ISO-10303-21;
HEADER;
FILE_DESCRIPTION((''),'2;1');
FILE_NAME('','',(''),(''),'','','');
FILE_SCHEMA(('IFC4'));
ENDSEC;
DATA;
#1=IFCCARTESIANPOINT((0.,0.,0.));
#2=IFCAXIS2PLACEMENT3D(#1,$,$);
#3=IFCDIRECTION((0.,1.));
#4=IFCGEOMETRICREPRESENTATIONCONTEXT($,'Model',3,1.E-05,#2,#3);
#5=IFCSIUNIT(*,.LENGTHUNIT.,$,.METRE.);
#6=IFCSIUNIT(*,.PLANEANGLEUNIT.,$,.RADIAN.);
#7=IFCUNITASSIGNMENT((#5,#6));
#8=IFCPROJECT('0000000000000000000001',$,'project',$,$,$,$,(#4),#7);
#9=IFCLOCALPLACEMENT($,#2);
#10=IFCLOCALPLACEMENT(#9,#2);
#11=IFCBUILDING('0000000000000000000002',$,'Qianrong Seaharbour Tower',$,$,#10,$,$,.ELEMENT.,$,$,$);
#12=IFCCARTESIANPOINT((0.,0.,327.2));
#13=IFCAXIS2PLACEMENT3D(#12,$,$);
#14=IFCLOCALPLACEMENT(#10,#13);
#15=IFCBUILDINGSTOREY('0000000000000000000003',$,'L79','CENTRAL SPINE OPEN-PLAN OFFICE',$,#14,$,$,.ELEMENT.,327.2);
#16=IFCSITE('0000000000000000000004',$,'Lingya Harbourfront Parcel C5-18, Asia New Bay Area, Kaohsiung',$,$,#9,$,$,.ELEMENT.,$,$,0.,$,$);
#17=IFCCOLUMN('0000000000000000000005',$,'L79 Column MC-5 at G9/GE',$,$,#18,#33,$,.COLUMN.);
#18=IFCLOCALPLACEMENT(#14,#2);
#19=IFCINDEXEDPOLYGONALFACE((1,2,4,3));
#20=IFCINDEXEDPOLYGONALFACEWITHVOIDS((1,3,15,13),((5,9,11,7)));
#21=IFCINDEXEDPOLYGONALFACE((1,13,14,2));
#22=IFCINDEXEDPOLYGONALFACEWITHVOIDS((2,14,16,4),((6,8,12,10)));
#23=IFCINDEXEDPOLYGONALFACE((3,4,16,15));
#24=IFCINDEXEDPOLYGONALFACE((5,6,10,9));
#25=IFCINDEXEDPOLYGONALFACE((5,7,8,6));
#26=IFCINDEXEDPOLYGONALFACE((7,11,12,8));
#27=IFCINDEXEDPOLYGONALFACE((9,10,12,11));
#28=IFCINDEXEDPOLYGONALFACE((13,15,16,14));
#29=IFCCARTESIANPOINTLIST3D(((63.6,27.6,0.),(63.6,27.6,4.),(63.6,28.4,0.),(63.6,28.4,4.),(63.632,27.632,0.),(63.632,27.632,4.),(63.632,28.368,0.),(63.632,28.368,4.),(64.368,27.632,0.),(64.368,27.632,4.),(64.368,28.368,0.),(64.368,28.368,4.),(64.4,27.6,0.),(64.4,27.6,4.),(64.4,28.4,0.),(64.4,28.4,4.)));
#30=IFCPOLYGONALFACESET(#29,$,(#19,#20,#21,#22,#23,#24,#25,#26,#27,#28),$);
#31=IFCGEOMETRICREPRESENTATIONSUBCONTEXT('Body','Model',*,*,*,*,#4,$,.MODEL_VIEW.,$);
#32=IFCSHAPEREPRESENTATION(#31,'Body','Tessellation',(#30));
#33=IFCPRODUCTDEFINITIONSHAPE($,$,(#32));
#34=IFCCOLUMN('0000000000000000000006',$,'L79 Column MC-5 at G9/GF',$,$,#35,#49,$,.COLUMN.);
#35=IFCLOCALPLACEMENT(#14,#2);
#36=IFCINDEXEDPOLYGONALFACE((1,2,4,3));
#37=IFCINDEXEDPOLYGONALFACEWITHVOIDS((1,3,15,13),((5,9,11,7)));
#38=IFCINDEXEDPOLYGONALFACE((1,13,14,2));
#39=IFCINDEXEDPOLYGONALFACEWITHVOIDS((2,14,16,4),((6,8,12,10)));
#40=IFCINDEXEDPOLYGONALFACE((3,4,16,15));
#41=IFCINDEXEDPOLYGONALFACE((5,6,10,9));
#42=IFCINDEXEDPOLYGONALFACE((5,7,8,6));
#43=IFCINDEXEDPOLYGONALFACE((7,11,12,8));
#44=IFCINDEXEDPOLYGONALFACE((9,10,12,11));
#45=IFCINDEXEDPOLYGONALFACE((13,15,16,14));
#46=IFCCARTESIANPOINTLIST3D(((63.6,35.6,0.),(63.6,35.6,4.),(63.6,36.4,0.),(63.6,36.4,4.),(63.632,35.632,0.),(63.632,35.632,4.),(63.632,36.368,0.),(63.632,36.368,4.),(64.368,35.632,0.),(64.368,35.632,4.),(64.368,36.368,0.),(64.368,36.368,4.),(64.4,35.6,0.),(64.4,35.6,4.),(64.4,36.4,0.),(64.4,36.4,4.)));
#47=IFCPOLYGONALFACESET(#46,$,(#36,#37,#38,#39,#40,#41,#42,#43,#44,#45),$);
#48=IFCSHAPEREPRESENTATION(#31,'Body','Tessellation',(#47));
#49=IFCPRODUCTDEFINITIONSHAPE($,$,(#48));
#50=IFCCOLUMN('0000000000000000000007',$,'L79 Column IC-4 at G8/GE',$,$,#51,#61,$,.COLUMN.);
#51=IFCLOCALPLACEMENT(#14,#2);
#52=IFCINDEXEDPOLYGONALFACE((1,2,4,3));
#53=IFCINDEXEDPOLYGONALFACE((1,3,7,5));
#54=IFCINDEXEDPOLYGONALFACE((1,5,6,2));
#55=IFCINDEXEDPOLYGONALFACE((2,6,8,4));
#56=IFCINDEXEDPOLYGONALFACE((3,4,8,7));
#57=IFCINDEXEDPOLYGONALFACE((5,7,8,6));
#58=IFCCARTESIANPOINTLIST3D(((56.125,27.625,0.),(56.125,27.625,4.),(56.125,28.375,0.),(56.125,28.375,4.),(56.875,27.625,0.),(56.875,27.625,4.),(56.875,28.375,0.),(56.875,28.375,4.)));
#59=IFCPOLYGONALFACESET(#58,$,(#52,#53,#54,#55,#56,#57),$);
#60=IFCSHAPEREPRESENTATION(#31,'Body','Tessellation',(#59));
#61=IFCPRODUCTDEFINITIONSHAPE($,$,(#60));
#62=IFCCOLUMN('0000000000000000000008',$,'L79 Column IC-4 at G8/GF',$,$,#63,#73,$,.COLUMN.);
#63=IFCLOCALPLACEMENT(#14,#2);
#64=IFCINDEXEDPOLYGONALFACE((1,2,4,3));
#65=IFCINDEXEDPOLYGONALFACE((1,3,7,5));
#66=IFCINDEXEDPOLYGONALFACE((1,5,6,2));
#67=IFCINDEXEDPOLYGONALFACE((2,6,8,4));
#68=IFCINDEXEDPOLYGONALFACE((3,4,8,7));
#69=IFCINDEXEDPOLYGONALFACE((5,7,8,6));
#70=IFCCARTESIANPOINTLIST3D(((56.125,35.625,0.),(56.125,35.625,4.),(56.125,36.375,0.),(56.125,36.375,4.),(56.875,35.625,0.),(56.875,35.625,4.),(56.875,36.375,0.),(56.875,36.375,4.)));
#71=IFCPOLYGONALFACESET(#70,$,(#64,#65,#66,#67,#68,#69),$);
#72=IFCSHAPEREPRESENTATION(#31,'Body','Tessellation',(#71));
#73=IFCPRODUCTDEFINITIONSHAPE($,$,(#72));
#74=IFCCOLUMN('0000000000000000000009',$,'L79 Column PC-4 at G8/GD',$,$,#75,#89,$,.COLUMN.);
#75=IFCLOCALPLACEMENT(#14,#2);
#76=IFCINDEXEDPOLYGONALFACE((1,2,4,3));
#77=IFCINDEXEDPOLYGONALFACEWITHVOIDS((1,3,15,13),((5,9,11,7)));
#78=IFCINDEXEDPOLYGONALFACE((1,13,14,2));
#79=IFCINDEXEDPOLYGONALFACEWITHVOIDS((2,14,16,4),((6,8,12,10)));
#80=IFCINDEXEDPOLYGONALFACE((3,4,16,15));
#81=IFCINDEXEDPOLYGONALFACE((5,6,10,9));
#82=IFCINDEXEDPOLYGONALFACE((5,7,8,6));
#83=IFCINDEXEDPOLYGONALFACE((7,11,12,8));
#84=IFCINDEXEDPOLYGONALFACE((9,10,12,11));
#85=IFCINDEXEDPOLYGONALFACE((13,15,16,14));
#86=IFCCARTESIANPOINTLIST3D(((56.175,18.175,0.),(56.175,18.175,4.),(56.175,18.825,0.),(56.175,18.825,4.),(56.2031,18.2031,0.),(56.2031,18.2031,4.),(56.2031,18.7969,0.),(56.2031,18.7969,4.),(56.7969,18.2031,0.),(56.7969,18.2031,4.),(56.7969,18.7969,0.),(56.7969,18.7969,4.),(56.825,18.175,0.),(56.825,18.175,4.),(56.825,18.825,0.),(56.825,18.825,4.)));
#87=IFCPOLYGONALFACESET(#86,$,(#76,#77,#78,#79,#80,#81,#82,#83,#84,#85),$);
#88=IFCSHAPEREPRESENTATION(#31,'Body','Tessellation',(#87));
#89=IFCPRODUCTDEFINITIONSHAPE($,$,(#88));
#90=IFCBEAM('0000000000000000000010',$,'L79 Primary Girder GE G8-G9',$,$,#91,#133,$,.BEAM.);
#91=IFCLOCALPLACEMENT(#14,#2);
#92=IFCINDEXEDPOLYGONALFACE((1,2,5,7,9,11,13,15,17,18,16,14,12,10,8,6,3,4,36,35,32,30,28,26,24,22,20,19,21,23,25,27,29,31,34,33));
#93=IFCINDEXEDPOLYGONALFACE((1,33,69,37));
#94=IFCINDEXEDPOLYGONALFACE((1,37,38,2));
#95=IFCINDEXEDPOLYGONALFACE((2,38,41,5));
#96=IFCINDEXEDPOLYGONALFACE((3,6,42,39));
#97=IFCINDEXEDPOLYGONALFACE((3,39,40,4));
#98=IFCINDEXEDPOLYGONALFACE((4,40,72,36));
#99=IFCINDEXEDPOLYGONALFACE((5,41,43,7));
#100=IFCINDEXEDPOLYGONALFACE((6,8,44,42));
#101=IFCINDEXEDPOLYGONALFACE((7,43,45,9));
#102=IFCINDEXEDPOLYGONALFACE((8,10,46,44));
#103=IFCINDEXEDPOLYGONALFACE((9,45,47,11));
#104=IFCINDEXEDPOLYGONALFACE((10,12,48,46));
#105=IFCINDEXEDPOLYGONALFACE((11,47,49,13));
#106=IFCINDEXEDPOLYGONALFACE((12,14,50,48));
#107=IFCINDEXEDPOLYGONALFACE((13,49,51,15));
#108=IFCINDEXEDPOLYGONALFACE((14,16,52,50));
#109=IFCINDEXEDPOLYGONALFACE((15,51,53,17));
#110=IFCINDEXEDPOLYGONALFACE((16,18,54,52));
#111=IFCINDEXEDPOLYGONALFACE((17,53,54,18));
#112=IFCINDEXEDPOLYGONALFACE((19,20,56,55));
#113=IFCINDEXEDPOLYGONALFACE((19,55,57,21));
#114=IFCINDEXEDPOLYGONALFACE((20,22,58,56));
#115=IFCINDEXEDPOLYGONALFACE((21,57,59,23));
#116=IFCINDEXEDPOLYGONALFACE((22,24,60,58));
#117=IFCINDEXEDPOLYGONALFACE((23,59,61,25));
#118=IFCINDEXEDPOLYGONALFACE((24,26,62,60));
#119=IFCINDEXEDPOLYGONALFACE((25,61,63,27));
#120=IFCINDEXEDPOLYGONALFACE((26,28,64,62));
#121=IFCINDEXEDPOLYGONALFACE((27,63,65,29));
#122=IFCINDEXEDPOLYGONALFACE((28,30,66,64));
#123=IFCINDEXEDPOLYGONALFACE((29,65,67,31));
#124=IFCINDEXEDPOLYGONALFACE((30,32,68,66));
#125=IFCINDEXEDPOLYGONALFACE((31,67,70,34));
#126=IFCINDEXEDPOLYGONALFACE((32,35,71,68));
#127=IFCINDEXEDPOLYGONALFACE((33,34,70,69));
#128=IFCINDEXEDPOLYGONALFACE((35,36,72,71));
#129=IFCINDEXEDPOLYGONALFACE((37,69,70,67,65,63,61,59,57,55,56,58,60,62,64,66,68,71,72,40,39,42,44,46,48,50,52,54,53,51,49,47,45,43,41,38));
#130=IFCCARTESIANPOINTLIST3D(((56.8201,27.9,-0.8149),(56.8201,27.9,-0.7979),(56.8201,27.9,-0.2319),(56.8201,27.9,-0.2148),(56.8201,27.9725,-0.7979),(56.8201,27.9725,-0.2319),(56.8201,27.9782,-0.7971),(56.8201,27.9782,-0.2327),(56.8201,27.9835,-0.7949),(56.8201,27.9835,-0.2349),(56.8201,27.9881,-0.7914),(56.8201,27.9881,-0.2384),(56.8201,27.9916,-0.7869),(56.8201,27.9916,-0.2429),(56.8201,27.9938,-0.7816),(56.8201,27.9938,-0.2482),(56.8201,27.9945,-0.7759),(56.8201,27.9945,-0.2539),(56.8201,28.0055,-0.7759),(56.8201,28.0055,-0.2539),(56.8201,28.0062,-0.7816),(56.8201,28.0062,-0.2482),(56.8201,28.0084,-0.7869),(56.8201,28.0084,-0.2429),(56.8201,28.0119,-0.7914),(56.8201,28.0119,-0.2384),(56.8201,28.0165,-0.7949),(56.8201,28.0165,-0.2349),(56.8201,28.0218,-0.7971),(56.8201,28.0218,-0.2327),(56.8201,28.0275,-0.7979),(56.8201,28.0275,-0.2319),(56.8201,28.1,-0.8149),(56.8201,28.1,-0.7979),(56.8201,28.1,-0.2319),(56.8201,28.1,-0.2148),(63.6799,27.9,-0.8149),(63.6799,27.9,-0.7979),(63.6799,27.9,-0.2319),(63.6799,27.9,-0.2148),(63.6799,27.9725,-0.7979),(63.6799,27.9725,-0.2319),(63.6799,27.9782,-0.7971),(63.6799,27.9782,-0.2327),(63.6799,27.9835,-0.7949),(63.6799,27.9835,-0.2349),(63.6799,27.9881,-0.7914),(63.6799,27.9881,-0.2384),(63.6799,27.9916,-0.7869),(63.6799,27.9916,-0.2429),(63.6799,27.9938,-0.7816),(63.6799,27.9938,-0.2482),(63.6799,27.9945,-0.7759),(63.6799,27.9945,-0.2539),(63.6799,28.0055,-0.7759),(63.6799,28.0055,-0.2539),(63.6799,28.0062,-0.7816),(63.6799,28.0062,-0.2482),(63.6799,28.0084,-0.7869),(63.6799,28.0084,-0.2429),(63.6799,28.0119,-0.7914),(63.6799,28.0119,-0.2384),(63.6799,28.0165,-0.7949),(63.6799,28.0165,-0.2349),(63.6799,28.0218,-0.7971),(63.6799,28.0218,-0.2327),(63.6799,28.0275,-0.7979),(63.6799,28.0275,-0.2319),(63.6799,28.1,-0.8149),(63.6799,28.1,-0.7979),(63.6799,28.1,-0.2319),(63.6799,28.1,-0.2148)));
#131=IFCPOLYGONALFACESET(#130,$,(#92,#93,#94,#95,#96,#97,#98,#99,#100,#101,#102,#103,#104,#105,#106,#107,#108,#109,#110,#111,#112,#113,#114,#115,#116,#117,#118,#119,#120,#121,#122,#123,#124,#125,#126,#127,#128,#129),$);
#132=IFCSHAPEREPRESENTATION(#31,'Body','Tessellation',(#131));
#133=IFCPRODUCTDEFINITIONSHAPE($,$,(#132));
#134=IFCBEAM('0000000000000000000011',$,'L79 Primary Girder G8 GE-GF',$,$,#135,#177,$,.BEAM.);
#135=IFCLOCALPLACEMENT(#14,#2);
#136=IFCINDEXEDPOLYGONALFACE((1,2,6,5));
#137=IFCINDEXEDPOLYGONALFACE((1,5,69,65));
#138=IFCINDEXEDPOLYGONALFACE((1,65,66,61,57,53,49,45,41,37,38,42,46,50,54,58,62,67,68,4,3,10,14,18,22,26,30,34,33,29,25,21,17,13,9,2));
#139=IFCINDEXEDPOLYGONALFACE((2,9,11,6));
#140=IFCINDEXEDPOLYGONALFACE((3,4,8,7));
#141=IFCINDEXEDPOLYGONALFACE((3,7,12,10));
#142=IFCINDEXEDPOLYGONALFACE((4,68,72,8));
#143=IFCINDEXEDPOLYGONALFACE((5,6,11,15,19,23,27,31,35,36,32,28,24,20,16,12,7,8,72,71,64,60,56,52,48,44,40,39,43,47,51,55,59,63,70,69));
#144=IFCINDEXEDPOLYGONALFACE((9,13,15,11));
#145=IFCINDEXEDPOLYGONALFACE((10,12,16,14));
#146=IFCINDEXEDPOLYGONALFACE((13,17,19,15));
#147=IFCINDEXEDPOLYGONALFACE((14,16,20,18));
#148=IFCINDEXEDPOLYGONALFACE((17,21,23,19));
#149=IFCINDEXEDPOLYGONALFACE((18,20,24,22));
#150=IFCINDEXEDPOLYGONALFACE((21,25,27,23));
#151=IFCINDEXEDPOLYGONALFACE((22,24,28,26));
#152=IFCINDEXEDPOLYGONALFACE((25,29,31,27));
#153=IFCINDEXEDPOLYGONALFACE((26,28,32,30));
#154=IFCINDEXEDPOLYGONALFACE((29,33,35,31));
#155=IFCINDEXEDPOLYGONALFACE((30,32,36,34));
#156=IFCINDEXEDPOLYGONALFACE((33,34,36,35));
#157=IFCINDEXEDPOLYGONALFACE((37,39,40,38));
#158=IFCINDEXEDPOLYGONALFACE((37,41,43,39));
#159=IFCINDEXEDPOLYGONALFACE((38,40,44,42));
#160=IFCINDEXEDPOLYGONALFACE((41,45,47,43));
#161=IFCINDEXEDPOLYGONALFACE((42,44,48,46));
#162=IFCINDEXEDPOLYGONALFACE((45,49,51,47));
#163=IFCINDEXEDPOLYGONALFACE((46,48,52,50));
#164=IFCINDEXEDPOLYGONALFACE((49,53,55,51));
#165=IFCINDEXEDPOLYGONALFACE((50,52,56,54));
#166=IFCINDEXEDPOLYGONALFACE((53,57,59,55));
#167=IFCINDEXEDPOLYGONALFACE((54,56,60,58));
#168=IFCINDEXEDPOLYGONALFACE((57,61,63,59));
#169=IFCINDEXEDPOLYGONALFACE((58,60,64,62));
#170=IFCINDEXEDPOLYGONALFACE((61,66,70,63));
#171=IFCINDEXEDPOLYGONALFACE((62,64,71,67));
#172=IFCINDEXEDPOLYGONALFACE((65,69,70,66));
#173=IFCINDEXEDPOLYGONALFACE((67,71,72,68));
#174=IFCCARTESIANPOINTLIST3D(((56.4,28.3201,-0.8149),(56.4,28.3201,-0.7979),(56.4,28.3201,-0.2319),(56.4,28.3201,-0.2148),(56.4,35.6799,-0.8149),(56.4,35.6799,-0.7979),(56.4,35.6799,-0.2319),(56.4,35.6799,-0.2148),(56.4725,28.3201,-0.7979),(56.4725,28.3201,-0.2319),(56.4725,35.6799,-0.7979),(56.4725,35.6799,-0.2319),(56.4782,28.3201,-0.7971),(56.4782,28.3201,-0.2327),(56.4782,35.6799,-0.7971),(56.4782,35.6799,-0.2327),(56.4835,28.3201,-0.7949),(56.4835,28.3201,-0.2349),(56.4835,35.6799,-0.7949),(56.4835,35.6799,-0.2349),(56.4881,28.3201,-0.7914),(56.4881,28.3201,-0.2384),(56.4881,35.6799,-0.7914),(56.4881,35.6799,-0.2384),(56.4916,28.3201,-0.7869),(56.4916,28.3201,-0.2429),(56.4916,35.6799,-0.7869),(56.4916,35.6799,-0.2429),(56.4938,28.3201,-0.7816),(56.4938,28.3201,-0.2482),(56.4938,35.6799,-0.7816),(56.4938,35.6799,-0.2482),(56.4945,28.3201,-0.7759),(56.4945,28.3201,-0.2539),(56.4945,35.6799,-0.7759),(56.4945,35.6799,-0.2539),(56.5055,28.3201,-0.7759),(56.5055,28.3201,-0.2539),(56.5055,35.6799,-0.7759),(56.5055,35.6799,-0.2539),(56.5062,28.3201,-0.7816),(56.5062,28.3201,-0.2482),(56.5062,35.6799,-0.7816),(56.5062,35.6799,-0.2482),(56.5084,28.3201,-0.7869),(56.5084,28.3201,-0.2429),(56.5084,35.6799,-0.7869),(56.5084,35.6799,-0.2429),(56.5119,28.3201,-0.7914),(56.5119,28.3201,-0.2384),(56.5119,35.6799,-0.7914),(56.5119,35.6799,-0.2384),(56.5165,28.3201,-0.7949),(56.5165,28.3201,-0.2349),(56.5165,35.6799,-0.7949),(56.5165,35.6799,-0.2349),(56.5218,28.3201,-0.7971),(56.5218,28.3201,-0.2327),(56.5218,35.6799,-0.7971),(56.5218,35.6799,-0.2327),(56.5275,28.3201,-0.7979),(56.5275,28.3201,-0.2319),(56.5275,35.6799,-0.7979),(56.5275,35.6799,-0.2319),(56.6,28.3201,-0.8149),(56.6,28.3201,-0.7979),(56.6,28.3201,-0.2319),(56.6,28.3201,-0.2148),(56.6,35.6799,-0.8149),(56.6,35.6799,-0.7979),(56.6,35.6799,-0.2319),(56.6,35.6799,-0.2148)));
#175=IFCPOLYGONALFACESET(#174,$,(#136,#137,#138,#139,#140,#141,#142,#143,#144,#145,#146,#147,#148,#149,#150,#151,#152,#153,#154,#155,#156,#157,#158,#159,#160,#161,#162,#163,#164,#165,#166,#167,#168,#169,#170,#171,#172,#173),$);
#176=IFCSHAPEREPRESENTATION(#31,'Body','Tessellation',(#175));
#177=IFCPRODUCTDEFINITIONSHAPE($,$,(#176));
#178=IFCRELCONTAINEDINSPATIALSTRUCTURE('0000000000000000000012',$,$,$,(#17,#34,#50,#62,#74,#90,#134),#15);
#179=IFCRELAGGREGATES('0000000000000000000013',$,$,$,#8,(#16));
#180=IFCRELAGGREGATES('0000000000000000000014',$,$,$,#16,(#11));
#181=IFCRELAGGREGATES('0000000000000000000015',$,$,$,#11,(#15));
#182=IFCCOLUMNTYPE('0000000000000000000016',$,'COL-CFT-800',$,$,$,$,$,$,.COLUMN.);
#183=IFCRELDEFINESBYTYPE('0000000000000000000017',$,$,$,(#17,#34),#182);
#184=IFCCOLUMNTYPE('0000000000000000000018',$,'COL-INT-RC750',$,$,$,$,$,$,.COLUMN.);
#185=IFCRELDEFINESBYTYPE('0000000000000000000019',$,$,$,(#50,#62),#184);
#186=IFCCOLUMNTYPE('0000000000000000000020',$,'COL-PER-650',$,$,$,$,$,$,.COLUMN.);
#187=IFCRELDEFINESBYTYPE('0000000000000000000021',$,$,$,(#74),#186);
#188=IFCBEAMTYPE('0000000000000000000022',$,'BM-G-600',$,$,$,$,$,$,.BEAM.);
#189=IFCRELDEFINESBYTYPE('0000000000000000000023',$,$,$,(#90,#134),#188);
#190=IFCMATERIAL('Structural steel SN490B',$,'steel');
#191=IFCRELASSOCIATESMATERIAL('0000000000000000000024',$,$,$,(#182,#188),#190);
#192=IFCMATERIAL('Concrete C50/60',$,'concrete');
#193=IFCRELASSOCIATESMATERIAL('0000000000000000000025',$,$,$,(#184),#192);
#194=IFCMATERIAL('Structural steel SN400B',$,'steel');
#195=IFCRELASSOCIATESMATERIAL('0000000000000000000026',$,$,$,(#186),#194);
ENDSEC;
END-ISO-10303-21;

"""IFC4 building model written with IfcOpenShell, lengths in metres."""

from ifc_helpers import new_model, si_unit, direction, frame, origin, origin_2d, place, context, subcontext, project, spatial, rectangle, hollow_rectangle, i_section, extrude, material, material_profile, profile_set, type_object, element, save


model = new_model("IFC4")

# Units and contexts
model_context = context("Model", 3, precision=1e-05, world=origin(), true_north=direction((0.0, 1.0)))
body_context = subcontext(model_context, "Body", "Model", "MODEL_VIEW")
ifc_project = project(units=[si_unit("LENGTHUNIT", "METRE"), si_unit("PLANEANGLEUNIT", "RADIAN")], contexts=[model_context])

# Site, building, storey
site_placement = place(None, origin())
site = spatial("IfcSite", under=ifc_project, at=site_placement, Name="Lingya Harbourfront Parcel C5-18, Asia New Bay Area, Kaohsiung", CompositionType="ELEMENT", RefElevation=0.0)
building_placement = place(site_placement, origin())
building = spatial("IfcBuilding", under=site, at=building_placement, Name="Qianrong Seaharbour Tower", CompositionType="ELEMENT")
storey_placement = place(building_placement, frame((0.0, 0.0, 327.2)))
storey = spatial("IfcBuildingStorey", under=building, at=storey_placement, Name="L79", Description="CENTRAL SPINE OPEN-PLAN OFFICE", CompositionType="ELEMENT", Elevation=327.2)

# Columns
ifc_material_1 = material(Name="Structural steel SN490B", Category="steel")
ifc_material_profile_1 = material_profile(ifc_material_1, hollow_rectangle(XDim=0.8, YDim=0.8, WallThickness=0.032, at=origin_2d()), Name="BOX800x800x32")
ifc_profile_set_1 = profile_set([ifc_material_profile_1], Name="Structural steel SN490B")
column_type_1 = type_object("IfcColumnType", Name="COL-CFT-800", PredefinedType="COLUMN", material=ifc_profile_set_1)
for number, where, z_axis, x_axis, name in (
    (1, (64.0, 28.0, 0.0), (0.0, 0.0, 1.0), (1.0, 0.0, 0.0), "L79 Column MC-5 at G9/GE"),
    (2, (64.0, 36.0, 0.0), (0.0, 0.0, 1.0), (1.0, 0.0, 0.0), "L79 Column MC-5 at G9/GF"),
):
    element("IfcColumn", number, at=place(storey_placement, frame(where, z_axis=z_axis, x_axis=x_axis)), inside=storey, type_object=column_type_1, Name=name, PredefinedType="COLUMN", context=body_context, shape_type="SweptSolid", body=[
        extrude(hollow_rectangle(XDim=0.8, YDim=0.8, WallThickness=0.032, at=origin_2d()), origin(), (0.0, 0.0, 1.0), 4.0),
    ])
ifc_material_2 = material(Name="Concrete C50/60", Category="concrete")
ifc_material_profile_2 = material_profile(ifc_material_2, rectangle(XDim=0.75, YDim=0.75, at=origin_2d()), Name="RC750x750")
ifc_profile_set_2 = profile_set([ifc_material_profile_2], Name="Concrete C50/60")
column_type_2 = type_object("IfcColumnType", Name="COL-INT-RC750", PredefinedType="COLUMN", material=ifc_profile_set_2)
for number, where, z_axis, x_axis, name in (
    (3, (56.5, 28.0, 0.0), (0.0, 0.0, 1.0), (1.0, 0.0, 0.0), "L79 Column IC-4 at G8/GE"),
    (4, (56.5, 36.0, 0.0), (0.0, 0.0, 1.0), (1.0, 0.0, 0.0), "L79 Column IC-4 at G8/GF"),
):
    element("IfcColumn", number, at=place(storey_placement, frame(where, z_axis=z_axis, x_axis=x_axis)), inside=storey, type_object=column_type_2, Name=name, PredefinedType="COLUMN", context=body_context, shape_type="SweptSolid", body=[
        extrude(rectangle(XDim=0.75, YDim=0.75, at=origin_2d()), origin(), (0.0, 0.0, 1.0), 4.0),
    ])
ifc_material_3 = material(Name="Structural steel SN400B", Category="steel")
ifc_material_profile_3 = material_profile(ifc_material_3, hollow_rectangle(XDim=0.6499, YDim=0.6499, WallThickness=0.0281, at=origin_2d()), Name="BOX650x650x28")
ifc_profile_set_3 = profile_set([ifc_material_profile_3], Name="Structural steel SN400B")
column_type_3 = type_object("IfcColumnType", Name="COL-PER-650", PredefinedType="COLUMN", material=ifc_profile_set_3)
column_placement = place(storey_placement, frame((56.5, 18.5, 0.0), z_axis=(0.0, 0.0, 1.0), x_axis=(1.0, 0.0, 0.0)))
element("IfcColumn", 5, at=column_placement, inside=storey, type_object=column_type_3, Name="L79 Column PC-4 at G8/GD", PredefinedType="COLUMN", context=body_context, shape_type="SweptSolid", body=[
    extrude(hollow_rectangle(XDim=0.6499, YDim=0.6499, WallThickness=0.0281, at=origin_2d()), origin(), (0.0, 0.0, 1.0), 4.0),
])

# Beams
ifc_material_profile_4 = material_profile(ifc_material_1, i_section(OverallWidth=0.2, OverallDepth=0.6001, WebThickness=0.011, FlangeThickness=0.0171, FilletRadius=0.022, at=origin_2d()), Name="H600x200x11x17")
ifc_profile_set_4 = profile_set([ifc_material_profile_4], Name="Structural steel SN490B")
beam_type_1 = type_object("IfcBeamType", Name="BM-G-600", PredefinedType="BEAM", material=ifc_profile_set_4)
beam_1_placement = place(storey_placement, frame((56.8201, 28.0, -0.5149), z_axis=(1.0, 0.0, 0.0), x_axis=(0.0, 1.0, 0.0)))
element("IfcBeam", 6, at=beam_1_placement, inside=storey, type_object=beam_type_1, Name="L79 Primary Girder GE G8-G9", PredefinedType="BEAM", context=body_context, shape_type="SweptSolid", body=[
    extrude(i_section(OverallWidth=0.2, OverallDepth=0.6001, WebThickness=0.011, FlangeThickness=0.0171, FilletRadius=0.022, at=origin_2d()), origin(), (0.0, 0.0, 1.0), 6.8599),
])
beam_2_placement = place(storey_placement, frame((56.5, 28.3201, -0.5149), z_axis=(0.0, 1.0, 0.0), x_axis=(-1.0, 0.0, 0.0)))
element("IfcBeam", 7, at=beam_2_placement, inside=storey, type_object=beam_type_1, Name="L79 Primary Girder G8 GE-GF", PredefinedType="BEAM", context=body_context, shape_type="SweptSolid", body=[
    extrude(i_section(OverallWidth=0.2, OverallDepth=0.6001, WebThickness=0.011, FlangeThickness=0.0171, FilletRadius=0.022, at=origin_2d()), origin(), (0.0, 0.0, 1.0), 7.3599),
])

save(model, "model.ifc")
